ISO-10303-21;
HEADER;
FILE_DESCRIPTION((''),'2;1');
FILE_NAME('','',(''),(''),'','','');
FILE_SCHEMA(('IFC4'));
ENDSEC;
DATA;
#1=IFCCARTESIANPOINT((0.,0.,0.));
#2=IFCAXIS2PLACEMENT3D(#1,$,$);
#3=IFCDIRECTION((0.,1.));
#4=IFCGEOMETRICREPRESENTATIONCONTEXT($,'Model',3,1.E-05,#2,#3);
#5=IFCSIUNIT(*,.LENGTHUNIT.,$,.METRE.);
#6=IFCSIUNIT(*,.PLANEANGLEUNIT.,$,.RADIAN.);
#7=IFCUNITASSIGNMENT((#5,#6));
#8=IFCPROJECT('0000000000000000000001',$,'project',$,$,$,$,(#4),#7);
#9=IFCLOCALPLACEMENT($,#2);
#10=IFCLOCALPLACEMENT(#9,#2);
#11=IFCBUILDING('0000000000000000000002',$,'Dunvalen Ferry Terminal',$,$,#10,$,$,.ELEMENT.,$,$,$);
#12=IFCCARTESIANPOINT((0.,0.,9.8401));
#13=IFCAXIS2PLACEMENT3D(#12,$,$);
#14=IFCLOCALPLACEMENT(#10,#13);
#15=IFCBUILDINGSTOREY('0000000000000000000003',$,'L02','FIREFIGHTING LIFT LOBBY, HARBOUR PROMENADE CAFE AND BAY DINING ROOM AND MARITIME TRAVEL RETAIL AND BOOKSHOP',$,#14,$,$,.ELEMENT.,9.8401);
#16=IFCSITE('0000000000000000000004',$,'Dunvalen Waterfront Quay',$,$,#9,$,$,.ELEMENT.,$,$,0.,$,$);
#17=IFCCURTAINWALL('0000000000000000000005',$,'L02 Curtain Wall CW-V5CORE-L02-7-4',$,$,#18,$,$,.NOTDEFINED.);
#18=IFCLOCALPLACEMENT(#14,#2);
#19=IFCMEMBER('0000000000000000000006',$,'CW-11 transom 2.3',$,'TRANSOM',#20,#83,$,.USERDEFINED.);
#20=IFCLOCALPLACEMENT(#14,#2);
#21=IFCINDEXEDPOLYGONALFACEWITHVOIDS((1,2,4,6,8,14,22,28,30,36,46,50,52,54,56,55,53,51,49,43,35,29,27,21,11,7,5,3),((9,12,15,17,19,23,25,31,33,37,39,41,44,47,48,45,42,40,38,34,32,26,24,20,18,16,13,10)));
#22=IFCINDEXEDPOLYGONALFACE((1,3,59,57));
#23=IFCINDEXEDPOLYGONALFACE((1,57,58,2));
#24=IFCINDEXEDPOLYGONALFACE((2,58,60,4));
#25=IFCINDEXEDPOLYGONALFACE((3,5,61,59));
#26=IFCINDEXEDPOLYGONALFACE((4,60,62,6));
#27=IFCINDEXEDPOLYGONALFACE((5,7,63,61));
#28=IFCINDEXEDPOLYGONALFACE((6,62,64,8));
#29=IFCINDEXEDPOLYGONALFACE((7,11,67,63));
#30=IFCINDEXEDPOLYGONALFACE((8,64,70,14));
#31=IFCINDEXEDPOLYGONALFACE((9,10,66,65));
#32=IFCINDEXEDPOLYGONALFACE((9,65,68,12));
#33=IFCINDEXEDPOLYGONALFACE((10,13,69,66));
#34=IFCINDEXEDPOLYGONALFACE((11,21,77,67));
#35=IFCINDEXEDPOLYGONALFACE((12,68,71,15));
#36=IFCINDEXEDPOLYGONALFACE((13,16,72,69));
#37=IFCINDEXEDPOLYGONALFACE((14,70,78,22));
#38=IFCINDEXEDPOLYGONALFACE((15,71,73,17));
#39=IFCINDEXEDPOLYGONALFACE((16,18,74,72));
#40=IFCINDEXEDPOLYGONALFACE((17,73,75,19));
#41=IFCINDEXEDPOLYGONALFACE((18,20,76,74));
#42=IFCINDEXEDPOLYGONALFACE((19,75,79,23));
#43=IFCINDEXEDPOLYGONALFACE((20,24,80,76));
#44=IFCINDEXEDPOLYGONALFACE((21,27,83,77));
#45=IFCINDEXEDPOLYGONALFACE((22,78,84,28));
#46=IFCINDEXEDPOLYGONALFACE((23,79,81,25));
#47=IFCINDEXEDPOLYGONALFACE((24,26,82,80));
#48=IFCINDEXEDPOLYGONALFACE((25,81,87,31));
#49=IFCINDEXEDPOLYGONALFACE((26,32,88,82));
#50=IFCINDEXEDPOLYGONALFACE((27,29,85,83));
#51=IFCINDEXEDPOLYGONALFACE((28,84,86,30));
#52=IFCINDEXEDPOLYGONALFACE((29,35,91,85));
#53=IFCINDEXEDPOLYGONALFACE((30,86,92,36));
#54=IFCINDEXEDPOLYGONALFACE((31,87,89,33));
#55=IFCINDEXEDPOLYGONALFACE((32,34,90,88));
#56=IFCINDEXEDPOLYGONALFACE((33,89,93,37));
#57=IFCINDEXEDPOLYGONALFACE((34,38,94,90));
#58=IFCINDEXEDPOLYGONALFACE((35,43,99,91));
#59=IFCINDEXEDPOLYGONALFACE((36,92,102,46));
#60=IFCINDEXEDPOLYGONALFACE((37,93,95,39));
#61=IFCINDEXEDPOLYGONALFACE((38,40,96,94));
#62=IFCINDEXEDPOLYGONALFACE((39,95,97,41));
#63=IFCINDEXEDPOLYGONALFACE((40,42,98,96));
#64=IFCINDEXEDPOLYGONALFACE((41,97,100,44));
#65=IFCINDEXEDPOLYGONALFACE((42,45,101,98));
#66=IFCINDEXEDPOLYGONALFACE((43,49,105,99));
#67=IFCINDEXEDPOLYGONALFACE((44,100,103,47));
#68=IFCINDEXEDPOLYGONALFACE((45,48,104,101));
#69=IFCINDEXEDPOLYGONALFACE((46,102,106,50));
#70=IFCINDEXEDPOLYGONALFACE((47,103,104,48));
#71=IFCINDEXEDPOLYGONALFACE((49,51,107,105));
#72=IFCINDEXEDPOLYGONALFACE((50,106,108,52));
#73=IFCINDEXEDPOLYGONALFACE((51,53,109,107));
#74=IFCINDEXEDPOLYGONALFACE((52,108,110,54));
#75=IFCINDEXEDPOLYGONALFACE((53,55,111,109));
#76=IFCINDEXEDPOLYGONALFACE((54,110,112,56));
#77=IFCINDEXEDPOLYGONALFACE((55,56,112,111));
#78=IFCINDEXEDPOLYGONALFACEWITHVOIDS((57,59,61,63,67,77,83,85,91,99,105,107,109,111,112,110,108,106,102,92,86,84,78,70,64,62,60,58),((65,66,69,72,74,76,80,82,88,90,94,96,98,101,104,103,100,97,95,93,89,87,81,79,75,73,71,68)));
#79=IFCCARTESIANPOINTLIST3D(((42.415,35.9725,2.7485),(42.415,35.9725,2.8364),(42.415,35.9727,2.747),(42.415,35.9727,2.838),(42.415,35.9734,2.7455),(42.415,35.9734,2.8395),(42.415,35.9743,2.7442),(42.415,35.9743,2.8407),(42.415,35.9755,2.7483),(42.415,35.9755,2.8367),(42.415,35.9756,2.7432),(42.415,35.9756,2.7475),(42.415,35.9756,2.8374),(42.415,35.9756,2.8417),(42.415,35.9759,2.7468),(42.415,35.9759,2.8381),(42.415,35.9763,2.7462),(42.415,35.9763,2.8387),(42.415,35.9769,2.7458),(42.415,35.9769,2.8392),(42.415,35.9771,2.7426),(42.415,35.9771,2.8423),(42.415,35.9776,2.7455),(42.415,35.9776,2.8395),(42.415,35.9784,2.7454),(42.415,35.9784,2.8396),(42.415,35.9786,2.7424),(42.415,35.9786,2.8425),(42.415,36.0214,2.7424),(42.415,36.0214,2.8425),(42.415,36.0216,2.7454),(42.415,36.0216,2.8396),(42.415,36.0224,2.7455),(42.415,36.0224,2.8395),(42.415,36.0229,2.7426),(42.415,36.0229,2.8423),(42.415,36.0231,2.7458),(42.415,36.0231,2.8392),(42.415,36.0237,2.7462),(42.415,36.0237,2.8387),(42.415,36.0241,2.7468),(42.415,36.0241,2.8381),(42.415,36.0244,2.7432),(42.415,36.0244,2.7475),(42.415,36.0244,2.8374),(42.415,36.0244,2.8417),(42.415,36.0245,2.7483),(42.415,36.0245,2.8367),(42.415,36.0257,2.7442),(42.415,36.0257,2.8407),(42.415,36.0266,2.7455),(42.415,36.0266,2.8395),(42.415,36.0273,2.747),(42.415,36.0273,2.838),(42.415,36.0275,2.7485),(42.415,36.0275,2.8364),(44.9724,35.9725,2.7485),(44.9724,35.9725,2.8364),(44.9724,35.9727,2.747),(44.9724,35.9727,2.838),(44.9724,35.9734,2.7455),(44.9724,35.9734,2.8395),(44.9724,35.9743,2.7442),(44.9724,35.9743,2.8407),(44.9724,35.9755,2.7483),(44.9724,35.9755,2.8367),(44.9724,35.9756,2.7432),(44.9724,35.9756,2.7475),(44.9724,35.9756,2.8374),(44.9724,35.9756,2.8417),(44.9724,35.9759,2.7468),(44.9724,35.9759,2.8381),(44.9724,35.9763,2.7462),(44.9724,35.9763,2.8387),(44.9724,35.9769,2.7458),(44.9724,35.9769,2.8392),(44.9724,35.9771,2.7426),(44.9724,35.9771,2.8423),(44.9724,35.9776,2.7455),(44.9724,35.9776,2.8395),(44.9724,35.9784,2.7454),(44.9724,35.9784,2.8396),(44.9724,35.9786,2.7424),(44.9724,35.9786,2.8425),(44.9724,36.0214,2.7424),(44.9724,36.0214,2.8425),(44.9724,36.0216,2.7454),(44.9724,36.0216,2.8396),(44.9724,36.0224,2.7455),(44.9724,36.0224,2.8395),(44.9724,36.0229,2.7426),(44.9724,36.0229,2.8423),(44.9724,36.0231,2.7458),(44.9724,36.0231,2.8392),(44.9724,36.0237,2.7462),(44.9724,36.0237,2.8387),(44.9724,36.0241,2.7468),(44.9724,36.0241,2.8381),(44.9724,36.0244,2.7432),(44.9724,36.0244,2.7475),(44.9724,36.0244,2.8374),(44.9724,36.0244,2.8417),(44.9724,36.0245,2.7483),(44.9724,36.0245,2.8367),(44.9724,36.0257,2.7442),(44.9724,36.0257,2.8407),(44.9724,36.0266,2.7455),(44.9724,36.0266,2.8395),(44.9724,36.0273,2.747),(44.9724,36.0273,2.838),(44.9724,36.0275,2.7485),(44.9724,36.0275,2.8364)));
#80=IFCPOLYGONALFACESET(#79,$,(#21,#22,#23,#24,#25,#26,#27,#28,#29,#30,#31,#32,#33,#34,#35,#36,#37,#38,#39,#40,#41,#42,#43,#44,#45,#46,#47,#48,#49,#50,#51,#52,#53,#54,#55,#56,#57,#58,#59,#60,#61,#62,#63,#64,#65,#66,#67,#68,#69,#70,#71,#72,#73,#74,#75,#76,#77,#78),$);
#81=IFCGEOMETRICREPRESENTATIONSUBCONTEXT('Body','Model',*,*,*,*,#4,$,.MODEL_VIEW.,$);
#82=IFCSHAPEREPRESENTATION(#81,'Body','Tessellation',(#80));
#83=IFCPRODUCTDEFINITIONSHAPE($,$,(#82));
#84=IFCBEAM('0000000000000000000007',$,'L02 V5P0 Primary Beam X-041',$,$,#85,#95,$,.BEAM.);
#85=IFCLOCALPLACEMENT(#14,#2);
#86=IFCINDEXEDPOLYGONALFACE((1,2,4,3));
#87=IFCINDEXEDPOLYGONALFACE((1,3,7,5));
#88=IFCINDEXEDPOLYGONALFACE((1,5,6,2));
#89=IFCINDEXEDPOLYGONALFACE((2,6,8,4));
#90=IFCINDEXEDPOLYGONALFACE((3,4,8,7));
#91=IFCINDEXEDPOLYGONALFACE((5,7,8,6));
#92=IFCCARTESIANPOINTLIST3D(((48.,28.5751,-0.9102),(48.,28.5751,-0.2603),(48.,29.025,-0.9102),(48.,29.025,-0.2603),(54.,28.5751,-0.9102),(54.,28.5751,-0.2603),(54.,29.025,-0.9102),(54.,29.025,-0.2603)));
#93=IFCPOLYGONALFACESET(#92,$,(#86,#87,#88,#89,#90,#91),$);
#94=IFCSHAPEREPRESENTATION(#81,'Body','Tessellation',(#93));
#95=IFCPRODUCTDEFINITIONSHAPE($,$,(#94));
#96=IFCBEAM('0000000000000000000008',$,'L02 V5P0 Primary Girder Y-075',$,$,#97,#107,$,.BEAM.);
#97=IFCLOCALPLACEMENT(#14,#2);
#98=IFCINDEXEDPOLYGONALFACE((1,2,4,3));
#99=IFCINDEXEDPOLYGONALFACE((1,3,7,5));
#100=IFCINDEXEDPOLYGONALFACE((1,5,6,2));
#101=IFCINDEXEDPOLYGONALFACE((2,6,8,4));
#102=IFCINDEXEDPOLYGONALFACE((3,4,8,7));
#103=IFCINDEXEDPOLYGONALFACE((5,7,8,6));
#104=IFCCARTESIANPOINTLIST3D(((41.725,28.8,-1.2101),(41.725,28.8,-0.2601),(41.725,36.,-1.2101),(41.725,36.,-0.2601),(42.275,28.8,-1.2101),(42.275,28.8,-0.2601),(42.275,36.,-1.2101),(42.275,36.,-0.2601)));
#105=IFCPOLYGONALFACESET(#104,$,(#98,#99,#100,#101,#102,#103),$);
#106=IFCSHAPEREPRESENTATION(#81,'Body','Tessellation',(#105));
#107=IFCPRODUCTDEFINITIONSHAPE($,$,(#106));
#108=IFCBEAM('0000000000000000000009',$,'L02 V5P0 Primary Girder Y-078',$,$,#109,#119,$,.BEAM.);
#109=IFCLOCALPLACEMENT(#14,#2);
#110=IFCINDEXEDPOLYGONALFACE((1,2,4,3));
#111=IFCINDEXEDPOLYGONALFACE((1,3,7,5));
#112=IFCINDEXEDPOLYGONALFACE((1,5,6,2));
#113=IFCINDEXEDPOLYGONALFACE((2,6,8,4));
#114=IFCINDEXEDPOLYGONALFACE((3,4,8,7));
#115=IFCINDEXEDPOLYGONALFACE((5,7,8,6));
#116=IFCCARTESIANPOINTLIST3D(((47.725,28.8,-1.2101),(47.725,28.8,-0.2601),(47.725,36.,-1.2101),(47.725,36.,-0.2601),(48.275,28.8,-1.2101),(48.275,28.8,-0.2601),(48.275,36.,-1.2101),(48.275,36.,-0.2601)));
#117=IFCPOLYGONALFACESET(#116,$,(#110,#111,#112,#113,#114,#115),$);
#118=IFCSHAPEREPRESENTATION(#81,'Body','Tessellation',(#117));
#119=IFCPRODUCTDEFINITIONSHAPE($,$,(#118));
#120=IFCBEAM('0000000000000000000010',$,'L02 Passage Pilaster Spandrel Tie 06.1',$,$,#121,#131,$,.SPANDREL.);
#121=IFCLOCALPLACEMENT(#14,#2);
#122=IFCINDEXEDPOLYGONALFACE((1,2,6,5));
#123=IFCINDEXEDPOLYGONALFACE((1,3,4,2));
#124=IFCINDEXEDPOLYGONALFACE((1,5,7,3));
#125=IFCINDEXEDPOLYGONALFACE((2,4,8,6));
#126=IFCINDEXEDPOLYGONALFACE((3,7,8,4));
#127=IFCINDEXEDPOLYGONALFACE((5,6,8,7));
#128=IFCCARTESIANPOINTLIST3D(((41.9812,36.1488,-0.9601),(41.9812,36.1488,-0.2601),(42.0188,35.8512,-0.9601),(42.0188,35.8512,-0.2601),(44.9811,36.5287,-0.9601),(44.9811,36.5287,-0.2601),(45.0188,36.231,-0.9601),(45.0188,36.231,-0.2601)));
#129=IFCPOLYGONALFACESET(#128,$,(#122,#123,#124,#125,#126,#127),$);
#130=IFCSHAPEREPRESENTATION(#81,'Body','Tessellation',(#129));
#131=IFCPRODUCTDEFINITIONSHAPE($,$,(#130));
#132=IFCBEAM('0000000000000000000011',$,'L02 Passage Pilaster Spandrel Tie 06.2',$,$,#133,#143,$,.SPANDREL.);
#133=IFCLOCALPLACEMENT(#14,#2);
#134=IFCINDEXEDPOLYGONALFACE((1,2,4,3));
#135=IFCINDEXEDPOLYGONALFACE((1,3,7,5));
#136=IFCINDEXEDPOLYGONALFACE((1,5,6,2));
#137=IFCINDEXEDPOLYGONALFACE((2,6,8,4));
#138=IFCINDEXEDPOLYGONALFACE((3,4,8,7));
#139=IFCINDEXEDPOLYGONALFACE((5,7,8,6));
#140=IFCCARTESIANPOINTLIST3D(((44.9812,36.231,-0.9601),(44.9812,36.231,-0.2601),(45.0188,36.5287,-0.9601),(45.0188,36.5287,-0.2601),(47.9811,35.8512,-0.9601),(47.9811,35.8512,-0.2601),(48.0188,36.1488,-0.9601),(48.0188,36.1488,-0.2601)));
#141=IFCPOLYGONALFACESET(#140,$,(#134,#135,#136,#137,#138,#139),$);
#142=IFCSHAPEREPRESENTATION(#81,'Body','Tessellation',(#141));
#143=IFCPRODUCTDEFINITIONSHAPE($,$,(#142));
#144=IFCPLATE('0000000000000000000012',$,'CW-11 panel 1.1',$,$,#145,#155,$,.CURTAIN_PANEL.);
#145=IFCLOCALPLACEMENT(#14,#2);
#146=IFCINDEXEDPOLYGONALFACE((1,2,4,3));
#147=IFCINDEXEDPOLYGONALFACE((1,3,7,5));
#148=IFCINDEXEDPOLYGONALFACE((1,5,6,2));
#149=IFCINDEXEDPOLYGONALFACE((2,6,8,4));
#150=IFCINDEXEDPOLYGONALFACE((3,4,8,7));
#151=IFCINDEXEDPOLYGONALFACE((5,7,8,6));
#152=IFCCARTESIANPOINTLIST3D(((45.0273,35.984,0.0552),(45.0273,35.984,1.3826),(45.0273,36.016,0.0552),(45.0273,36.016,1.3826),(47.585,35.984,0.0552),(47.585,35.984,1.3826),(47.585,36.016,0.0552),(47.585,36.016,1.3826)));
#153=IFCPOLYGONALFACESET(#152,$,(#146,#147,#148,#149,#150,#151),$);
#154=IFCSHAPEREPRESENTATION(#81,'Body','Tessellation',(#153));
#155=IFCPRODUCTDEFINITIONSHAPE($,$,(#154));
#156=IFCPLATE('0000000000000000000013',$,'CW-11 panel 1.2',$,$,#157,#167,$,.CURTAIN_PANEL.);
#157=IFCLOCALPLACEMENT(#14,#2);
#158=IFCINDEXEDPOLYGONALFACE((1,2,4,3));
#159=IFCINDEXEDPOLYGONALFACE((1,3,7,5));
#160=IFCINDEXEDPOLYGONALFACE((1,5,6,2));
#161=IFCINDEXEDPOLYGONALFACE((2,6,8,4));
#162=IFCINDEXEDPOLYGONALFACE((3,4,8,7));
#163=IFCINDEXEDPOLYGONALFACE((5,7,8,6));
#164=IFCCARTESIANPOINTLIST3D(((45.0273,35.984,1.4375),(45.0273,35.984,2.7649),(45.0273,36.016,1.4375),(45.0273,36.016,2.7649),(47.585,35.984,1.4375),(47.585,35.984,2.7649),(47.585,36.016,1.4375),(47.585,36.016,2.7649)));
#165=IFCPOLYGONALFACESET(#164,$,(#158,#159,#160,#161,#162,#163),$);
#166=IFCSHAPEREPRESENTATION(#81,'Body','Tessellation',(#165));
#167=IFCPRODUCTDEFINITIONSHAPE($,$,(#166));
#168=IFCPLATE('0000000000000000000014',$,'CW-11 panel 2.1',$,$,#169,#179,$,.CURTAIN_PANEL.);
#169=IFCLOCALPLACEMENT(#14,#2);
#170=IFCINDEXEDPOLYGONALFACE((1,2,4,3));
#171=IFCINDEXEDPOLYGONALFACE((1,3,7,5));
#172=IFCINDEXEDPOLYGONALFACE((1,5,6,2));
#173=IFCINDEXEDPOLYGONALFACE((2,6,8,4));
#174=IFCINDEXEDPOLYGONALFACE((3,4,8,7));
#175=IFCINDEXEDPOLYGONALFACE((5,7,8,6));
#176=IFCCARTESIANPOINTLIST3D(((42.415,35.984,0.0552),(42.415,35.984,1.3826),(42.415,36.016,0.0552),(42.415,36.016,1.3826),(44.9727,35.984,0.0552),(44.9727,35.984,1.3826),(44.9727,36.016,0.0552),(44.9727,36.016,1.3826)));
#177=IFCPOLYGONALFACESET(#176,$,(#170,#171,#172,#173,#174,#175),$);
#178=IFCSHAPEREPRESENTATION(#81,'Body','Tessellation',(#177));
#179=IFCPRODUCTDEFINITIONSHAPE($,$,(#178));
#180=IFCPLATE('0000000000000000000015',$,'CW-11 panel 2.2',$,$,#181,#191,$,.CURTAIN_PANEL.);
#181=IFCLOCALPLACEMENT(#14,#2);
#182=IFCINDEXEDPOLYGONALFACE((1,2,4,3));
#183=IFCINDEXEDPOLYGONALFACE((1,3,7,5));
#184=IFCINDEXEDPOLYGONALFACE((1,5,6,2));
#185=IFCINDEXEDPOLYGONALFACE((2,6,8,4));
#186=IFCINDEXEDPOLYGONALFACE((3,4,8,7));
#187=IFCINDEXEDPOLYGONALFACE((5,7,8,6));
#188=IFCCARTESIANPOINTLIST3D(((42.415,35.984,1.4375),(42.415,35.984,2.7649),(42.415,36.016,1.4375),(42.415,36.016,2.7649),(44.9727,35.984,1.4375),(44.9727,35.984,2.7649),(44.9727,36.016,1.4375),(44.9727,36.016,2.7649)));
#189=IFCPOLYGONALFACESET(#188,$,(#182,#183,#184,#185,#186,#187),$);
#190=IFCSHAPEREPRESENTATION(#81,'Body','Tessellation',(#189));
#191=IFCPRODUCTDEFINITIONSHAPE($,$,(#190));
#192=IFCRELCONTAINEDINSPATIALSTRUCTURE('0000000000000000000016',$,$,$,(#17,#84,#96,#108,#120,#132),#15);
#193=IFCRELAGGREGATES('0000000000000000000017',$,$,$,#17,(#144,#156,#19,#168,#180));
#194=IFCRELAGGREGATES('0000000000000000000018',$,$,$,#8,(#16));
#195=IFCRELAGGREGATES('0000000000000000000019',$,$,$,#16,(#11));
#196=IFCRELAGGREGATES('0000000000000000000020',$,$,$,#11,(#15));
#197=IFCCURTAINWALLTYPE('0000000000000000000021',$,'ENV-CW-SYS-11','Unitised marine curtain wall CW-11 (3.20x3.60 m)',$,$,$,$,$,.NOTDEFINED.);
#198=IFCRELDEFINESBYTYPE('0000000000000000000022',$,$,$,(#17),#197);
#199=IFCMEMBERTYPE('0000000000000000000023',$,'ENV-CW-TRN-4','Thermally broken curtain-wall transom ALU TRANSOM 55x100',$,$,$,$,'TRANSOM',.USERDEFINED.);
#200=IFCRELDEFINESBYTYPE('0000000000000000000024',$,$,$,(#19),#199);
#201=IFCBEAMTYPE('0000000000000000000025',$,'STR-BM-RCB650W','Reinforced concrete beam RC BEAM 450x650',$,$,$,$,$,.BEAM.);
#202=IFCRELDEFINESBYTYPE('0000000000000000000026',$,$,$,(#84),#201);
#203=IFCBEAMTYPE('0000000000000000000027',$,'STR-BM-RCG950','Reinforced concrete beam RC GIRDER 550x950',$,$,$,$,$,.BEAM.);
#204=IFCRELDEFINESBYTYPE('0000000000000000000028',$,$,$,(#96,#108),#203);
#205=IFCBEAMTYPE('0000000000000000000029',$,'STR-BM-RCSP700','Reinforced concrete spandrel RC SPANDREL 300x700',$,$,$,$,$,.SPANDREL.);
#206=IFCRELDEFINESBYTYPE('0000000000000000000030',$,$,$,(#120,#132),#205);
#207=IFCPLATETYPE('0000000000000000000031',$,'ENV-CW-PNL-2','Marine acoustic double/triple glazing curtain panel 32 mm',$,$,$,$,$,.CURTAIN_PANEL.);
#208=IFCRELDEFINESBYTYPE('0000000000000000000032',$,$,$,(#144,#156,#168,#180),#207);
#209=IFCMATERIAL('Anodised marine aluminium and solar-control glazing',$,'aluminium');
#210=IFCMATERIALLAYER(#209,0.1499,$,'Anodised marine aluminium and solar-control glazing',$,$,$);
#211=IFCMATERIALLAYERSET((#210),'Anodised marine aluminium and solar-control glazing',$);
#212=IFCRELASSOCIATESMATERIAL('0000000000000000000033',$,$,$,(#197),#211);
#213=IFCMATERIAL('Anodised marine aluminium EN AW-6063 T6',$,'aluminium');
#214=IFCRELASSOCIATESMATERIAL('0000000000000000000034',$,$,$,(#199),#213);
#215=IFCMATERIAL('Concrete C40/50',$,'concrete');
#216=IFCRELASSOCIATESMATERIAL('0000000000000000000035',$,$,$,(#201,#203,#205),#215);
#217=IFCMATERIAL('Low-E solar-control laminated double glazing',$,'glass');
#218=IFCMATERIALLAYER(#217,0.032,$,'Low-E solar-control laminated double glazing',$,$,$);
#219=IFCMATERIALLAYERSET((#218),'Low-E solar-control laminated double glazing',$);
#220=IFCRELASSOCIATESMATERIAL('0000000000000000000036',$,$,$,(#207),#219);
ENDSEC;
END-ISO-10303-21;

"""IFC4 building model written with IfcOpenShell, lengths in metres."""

from ifc_helpers import new_model, si_unit, direction, frame, origin, origin_2d, place, context, subcontext, project, spatial, rectangle, hollow_rectangle, extrude, material, layer, layer_set, material_profile, profile_set, type_object, element, aggregate, save


model = new_model("IFC4")

# Units and contexts
model_context = context("Model", 3, precision=1e-05, world=origin(), true_north=direction((0.0, 1.0)))
body_context = subcontext(model_context, "Body", "Model", "MODEL_VIEW")
ifc_project = project(units=[si_unit("LENGTHUNIT", "METRE"), si_unit("PLANEANGLEUNIT", "RADIAN")], contexts=[model_context])

# Site, building, storey
site_placement = place(None, origin())
site = spatial("IfcSite", under=ifc_project, at=site_placement, Name="Dunvalen Waterfront Quay", CompositionType="ELEMENT", RefElevation=0.0)
building_placement = place(site_placement, origin())
building = spatial("IfcBuilding", under=site, at=building_placement, Name="Dunvalen Ferry Terminal", CompositionType="ELEMENT")
storey_placement = place(building_placement, frame((0.0, 0.0, 9.8401)))
storey = spatial("IfcBuildingStorey", under=building, at=storey_placement, Name="L02", Description="FIREFIGHTING LIFT LOBBY, HARBOUR PROMENADE CAFE AND BAY DINING ROOM AND MARITIME TRAVEL RETAIL AND BOOKSHOP", CompositionType="ELEMENT", Elevation=9.8401)

# Shared definitions
ifc_material_1 = material(Name="Concrete C40/50", Category="concrete")

# Curtain wall, member
ifc_material_2 = material(Name="Anodised marine aluminium and solar-control glazing", Category="aluminium")
ifc_layer_1 = layer(ifc_material_2, 0.1499, Name="Anodised marine aluminium and solar-control glazing")
ifc_layer_set_1 = layer_set([ifc_layer_1], Name="Anodised marine aluminium and solar-control glazing")
curtain_wall_type = type_object("IfcCurtainWallType", Name="ENV-CW-SYS-11", Description="Unitised marine curtain wall CW-11 (3.20x3.60 m)", PredefinedType="NOTDEFINED", material=ifc_layer_set_1)
curtain_wall_placement = place(storey_placement, origin())
curtain_wall = element("IfcCurtainWall", 1, at=curtain_wall_placement, inside=storey, type_object=curtain_wall_type, Name="L02 Curtain Wall CW-V5CORE-L02-7-4", PredefinedType="NOTDEFINED")
ifc_material_3 = material(Name="Anodised marine aluminium EN AW-6063 T6", Category="aluminium")
ifc_material_profile_1 = material_profile(ifc_material_3, hollow_rectangle(XDim=0.0549, YDim=0.1001, WallThickness=0.0029, InnerFilletRadius=0.0029, OuterFilletRadius=0.0061, at=origin_2d()), Name="Anodised marine aluminium EN AW-6063 T6")
ifc_profile_set_1 = profile_set([ifc_material_profile_1], Name="Anodised marine aluminium EN AW-6063 T6")
member_type_1 = type_object("IfcMemberType", Name="ENV-CW-TRN-4", Description="Thermally broken curtain-wall transom ALU TRANSOM 55x100", ElementType="TRANSOM", PredefinedType="USERDEFINED", material=ifc_profile_set_1)
member_1_placement = place(storey_placement, frame((44.9724, 36.0, 2.7925), z_axis=(-1.0, 0.0, 0.0), x_axis=(0.0, -1.0, 0.0)))
member_1 = element("IfcMember", 2, at=member_1_placement, type_object=member_type_1, Name="CW-11 transom 2.3", ObjectType="TRANSOM", PredefinedType="USERDEFINED", context=body_context, shape_type="SweptSolid", body=[
    extrude(hollow_rectangle(XDim=0.0549, YDim=0.1001, WallThickness=0.0029, InnerFilletRadius=0.0029, OuterFilletRadius=0.0061, at=origin_2d()), origin(), (0.0, 0.0, 1.0), 2.5574),
])

# Beams
ifc_material_profile_2 = material_profile(ifc_material_1, rectangle(XDim=0.45, YDim=0.6499, at=origin_2d()), Name="Concrete C40/50")
ifc_profile_set_2 = profile_set([ifc_material_profile_2], Name="Concrete C40/50")
beam_type_1 = type_object("IfcBeamType", Name="STR-BM-RCB650W", Description="Reinforced concrete beam RC BEAM 450x650", PredefinedType="BEAM", material=ifc_profile_set_2)
beam_placement = place(storey_placement, frame((48.0, 28.8, -0.5852), z_axis=(1.0, 0.0, 0.0), x_axis=(0.0, 1.0, 0.0)))
element("IfcBeam", 3, at=beam_placement, inside=storey, type_object=beam_type_1, Name="L02 V5P0 Primary Beam X-041", PredefinedType="BEAM", context=body_context, shape_type="SweptSolid", body=[
    extrude(rectangle(XDim=0.45, YDim=0.6499, at=origin_2d()), origin(), (0.0, 0.0, 1.0), 6.0),
])
ifc_material_profile_3 = material_profile(ifc_material_1, rectangle(XDim=0.55, YDim=0.95, at=origin_2d()), Name="Concrete C40/50")
ifc_profile_set_3 = profile_set([ifc_material_profile_3], Name="Concrete C40/50")
beam_type_2 = type_object("IfcBeamType", Name="STR-BM-RCG950", Description="Reinforced concrete beam RC GIRDER 550x950", PredefinedType="BEAM", material=ifc_profile_set_3)
for number, where, z_axis, x_axis, name in (
    (4, (42.0, 28.8, -0.7351), (0.0, 1.0, 0.0), (-1.0, 0.0, 0.0), "L02 V5P0 Primary Girder Y-075"),
    (5, (48.0, 28.8, -0.7351), (0.0, 1.0, 0.0), (-1.0, 0.0, 0.0), "L02 V5P0 Primary Girder Y-078"),
):
    element("IfcBeam", number, at=place(storey_placement, frame(where, z_axis=z_axis, x_axis=x_axis)), inside=storey, type_object=beam_type_2, Name=name, PredefinedType="BEAM", context=body_context, shape_type="SweptSolid", body=[
        extrude(rectangle(XDim=0.55, YDim=0.95, at=origin_2d()), origin(), (0.0, 0.0, 1.0), 7.2),
    ])
ifc_material_profile_4 = material_profile(ifc_material_1, rectangle(XDim=0.3, YDim=0.7, at=origin_2d()), Name="Concrete C40/50")
ifc_profile_set_4 = profile_set([ifc_material_profile_4], Name="Concrete C40/50")
beam_type_3 = type_object("IfcBeamType", Name="STR-BM-RCSP700", Description="Reinforced concrete spandrel RC SPANDREL 300x700", PredefinedType="SPANDREL", material=ifc_profile_set_4)
for number, where, z_axis, x_axis, name in (
    (6, (42.0, 36.0, -0.6101), (0.992078, 0.125624, 0.0), (-0.125624, 0.992078, 0.0), "L02 Passage Pilaster Spandrel Tie 06.1"),
    (7, (45.0, 36.3799, -0.6101), (0.992078, -0.125624, 0.0), (0.125624, 0.992078, 0.0), "L02 Passage Pilaster Spandrel Tie 06.2"),
):
    element("IfcBeam", number, at=place(storey_placement, frame(where, z_axis=z_axis, x_axis=x_axis)), inside=storey, type_object=beam_type_3, Name=name, PredefinedType="SPANDREL", context=body_context, shape_type="SweptSolid", body=[
        extrude(rectangle(XDim=0.3, YDim=0.7, at=origin_2d()), origin(), (0.0, 0.0, 1.0), 3.0239),
    ])

# Plates
ifc_material_4 = material(Name="Low-E solar-control laminated double glazing", Category="glass")
ifc_layer_2 = layer(ifc_material_4, 0.032, Name="Low-E solar-control laminated double glazing")
ifc_layer_set_2 = layer_set([ifc_layer_2], Name="Low-E solar-control laminated double glazing")
plate_type = type_object("IfcPlateType", Name="ENV-CW-PNL-2", Description="Marine acoustic double/triple glazing curtain panel 32 mm", PredefinedType="CURTAIN_PANEL", material=ifc_layer_set_2)
plate_1_placement = place(storey_placement, frame((46.3062, 36.0, 0.0552), z_axis=(0.0, 0.0, 1.0), x_axis=(-1.0, 0.0, 0.0)))
plate_1 = element("IfcPlate", 8, at=plate_1_placement, type_object=plate_type, Name="CW-11 panel 1.1", PredefinedType="CURTAIN_PANEL", context=body_context, shape_type="SweptSolid", body=[
    extrude(rectangle(XDim=2.5576, YDim=0.032, at=origin_2d()), origin(), (0.0, 0.0, 1.0), 1.3274),
])
plate_2_placement = place(storey_placement, frame((46.3062, 36.0, 1.4375), z_axis=(0.0, 0.0, 1.0), x_axis=(-1.0, 0.0, 0.0)))
plate_2 = element("IfcPlate", 9, at=plate_2_placement, type_object=plate_type, Name="CW-11 panel 1.2", PredefinedType="CURTAIN_PANEL", context=body_context, shape_type="SweptSolid", body=[
    extrude(rectangle(XDim=2.5576, YDim=0.032, at=origin_2d()), origin(), (0.0, 0.0, 1.0), 1.3274),
])
plate_3_placement = place(storey_placement, frame((43.6938, 36.0, 0.0552), z_axis=(0.0, 0.0, 1.0), x_axis=(-1.0, 0.0, 0.0)))
plate_3 = element("IfcPlate", 10, at=plate_3_placement, type_object=plate_type, Name="CW-11 panel 2.1", PredefinedType="CURTAIN_PANEL", context=body_context, shape_type="SweptSolid", body=[
    extrude(rectangle(XDim=2.5576, YDim=0.032, at=origin_2d()), origin(), (0.0, 0.0, 1.0), 1.3274),
])
plate_4_placement = place(storey_placement, frame((43.6938, 36.0, 1.4375), z_axis=(0.0, 0.0, 1.0), x_axis=(-1.0, 0.0, 0.0)))
plate_4 = element("IfcPlate", 11, at=plate_4_placement, type_object=plate_type, Name="CW-11 panel 2.2", PredefinedType="CURTAIN_PANEL", context=body_context, shape_type="SweptSolid", body=[
    extrude(rectangle(XDim=2.5576, YDim=0.032, at=origin_2d()), origin(), (0.0, 0.0, 1.0), 1.3274),
])
aggregate(curtain_wall, [plate_1, plate_2, member_1, plate_3, plate_4])

save(model, "model.ifc")
